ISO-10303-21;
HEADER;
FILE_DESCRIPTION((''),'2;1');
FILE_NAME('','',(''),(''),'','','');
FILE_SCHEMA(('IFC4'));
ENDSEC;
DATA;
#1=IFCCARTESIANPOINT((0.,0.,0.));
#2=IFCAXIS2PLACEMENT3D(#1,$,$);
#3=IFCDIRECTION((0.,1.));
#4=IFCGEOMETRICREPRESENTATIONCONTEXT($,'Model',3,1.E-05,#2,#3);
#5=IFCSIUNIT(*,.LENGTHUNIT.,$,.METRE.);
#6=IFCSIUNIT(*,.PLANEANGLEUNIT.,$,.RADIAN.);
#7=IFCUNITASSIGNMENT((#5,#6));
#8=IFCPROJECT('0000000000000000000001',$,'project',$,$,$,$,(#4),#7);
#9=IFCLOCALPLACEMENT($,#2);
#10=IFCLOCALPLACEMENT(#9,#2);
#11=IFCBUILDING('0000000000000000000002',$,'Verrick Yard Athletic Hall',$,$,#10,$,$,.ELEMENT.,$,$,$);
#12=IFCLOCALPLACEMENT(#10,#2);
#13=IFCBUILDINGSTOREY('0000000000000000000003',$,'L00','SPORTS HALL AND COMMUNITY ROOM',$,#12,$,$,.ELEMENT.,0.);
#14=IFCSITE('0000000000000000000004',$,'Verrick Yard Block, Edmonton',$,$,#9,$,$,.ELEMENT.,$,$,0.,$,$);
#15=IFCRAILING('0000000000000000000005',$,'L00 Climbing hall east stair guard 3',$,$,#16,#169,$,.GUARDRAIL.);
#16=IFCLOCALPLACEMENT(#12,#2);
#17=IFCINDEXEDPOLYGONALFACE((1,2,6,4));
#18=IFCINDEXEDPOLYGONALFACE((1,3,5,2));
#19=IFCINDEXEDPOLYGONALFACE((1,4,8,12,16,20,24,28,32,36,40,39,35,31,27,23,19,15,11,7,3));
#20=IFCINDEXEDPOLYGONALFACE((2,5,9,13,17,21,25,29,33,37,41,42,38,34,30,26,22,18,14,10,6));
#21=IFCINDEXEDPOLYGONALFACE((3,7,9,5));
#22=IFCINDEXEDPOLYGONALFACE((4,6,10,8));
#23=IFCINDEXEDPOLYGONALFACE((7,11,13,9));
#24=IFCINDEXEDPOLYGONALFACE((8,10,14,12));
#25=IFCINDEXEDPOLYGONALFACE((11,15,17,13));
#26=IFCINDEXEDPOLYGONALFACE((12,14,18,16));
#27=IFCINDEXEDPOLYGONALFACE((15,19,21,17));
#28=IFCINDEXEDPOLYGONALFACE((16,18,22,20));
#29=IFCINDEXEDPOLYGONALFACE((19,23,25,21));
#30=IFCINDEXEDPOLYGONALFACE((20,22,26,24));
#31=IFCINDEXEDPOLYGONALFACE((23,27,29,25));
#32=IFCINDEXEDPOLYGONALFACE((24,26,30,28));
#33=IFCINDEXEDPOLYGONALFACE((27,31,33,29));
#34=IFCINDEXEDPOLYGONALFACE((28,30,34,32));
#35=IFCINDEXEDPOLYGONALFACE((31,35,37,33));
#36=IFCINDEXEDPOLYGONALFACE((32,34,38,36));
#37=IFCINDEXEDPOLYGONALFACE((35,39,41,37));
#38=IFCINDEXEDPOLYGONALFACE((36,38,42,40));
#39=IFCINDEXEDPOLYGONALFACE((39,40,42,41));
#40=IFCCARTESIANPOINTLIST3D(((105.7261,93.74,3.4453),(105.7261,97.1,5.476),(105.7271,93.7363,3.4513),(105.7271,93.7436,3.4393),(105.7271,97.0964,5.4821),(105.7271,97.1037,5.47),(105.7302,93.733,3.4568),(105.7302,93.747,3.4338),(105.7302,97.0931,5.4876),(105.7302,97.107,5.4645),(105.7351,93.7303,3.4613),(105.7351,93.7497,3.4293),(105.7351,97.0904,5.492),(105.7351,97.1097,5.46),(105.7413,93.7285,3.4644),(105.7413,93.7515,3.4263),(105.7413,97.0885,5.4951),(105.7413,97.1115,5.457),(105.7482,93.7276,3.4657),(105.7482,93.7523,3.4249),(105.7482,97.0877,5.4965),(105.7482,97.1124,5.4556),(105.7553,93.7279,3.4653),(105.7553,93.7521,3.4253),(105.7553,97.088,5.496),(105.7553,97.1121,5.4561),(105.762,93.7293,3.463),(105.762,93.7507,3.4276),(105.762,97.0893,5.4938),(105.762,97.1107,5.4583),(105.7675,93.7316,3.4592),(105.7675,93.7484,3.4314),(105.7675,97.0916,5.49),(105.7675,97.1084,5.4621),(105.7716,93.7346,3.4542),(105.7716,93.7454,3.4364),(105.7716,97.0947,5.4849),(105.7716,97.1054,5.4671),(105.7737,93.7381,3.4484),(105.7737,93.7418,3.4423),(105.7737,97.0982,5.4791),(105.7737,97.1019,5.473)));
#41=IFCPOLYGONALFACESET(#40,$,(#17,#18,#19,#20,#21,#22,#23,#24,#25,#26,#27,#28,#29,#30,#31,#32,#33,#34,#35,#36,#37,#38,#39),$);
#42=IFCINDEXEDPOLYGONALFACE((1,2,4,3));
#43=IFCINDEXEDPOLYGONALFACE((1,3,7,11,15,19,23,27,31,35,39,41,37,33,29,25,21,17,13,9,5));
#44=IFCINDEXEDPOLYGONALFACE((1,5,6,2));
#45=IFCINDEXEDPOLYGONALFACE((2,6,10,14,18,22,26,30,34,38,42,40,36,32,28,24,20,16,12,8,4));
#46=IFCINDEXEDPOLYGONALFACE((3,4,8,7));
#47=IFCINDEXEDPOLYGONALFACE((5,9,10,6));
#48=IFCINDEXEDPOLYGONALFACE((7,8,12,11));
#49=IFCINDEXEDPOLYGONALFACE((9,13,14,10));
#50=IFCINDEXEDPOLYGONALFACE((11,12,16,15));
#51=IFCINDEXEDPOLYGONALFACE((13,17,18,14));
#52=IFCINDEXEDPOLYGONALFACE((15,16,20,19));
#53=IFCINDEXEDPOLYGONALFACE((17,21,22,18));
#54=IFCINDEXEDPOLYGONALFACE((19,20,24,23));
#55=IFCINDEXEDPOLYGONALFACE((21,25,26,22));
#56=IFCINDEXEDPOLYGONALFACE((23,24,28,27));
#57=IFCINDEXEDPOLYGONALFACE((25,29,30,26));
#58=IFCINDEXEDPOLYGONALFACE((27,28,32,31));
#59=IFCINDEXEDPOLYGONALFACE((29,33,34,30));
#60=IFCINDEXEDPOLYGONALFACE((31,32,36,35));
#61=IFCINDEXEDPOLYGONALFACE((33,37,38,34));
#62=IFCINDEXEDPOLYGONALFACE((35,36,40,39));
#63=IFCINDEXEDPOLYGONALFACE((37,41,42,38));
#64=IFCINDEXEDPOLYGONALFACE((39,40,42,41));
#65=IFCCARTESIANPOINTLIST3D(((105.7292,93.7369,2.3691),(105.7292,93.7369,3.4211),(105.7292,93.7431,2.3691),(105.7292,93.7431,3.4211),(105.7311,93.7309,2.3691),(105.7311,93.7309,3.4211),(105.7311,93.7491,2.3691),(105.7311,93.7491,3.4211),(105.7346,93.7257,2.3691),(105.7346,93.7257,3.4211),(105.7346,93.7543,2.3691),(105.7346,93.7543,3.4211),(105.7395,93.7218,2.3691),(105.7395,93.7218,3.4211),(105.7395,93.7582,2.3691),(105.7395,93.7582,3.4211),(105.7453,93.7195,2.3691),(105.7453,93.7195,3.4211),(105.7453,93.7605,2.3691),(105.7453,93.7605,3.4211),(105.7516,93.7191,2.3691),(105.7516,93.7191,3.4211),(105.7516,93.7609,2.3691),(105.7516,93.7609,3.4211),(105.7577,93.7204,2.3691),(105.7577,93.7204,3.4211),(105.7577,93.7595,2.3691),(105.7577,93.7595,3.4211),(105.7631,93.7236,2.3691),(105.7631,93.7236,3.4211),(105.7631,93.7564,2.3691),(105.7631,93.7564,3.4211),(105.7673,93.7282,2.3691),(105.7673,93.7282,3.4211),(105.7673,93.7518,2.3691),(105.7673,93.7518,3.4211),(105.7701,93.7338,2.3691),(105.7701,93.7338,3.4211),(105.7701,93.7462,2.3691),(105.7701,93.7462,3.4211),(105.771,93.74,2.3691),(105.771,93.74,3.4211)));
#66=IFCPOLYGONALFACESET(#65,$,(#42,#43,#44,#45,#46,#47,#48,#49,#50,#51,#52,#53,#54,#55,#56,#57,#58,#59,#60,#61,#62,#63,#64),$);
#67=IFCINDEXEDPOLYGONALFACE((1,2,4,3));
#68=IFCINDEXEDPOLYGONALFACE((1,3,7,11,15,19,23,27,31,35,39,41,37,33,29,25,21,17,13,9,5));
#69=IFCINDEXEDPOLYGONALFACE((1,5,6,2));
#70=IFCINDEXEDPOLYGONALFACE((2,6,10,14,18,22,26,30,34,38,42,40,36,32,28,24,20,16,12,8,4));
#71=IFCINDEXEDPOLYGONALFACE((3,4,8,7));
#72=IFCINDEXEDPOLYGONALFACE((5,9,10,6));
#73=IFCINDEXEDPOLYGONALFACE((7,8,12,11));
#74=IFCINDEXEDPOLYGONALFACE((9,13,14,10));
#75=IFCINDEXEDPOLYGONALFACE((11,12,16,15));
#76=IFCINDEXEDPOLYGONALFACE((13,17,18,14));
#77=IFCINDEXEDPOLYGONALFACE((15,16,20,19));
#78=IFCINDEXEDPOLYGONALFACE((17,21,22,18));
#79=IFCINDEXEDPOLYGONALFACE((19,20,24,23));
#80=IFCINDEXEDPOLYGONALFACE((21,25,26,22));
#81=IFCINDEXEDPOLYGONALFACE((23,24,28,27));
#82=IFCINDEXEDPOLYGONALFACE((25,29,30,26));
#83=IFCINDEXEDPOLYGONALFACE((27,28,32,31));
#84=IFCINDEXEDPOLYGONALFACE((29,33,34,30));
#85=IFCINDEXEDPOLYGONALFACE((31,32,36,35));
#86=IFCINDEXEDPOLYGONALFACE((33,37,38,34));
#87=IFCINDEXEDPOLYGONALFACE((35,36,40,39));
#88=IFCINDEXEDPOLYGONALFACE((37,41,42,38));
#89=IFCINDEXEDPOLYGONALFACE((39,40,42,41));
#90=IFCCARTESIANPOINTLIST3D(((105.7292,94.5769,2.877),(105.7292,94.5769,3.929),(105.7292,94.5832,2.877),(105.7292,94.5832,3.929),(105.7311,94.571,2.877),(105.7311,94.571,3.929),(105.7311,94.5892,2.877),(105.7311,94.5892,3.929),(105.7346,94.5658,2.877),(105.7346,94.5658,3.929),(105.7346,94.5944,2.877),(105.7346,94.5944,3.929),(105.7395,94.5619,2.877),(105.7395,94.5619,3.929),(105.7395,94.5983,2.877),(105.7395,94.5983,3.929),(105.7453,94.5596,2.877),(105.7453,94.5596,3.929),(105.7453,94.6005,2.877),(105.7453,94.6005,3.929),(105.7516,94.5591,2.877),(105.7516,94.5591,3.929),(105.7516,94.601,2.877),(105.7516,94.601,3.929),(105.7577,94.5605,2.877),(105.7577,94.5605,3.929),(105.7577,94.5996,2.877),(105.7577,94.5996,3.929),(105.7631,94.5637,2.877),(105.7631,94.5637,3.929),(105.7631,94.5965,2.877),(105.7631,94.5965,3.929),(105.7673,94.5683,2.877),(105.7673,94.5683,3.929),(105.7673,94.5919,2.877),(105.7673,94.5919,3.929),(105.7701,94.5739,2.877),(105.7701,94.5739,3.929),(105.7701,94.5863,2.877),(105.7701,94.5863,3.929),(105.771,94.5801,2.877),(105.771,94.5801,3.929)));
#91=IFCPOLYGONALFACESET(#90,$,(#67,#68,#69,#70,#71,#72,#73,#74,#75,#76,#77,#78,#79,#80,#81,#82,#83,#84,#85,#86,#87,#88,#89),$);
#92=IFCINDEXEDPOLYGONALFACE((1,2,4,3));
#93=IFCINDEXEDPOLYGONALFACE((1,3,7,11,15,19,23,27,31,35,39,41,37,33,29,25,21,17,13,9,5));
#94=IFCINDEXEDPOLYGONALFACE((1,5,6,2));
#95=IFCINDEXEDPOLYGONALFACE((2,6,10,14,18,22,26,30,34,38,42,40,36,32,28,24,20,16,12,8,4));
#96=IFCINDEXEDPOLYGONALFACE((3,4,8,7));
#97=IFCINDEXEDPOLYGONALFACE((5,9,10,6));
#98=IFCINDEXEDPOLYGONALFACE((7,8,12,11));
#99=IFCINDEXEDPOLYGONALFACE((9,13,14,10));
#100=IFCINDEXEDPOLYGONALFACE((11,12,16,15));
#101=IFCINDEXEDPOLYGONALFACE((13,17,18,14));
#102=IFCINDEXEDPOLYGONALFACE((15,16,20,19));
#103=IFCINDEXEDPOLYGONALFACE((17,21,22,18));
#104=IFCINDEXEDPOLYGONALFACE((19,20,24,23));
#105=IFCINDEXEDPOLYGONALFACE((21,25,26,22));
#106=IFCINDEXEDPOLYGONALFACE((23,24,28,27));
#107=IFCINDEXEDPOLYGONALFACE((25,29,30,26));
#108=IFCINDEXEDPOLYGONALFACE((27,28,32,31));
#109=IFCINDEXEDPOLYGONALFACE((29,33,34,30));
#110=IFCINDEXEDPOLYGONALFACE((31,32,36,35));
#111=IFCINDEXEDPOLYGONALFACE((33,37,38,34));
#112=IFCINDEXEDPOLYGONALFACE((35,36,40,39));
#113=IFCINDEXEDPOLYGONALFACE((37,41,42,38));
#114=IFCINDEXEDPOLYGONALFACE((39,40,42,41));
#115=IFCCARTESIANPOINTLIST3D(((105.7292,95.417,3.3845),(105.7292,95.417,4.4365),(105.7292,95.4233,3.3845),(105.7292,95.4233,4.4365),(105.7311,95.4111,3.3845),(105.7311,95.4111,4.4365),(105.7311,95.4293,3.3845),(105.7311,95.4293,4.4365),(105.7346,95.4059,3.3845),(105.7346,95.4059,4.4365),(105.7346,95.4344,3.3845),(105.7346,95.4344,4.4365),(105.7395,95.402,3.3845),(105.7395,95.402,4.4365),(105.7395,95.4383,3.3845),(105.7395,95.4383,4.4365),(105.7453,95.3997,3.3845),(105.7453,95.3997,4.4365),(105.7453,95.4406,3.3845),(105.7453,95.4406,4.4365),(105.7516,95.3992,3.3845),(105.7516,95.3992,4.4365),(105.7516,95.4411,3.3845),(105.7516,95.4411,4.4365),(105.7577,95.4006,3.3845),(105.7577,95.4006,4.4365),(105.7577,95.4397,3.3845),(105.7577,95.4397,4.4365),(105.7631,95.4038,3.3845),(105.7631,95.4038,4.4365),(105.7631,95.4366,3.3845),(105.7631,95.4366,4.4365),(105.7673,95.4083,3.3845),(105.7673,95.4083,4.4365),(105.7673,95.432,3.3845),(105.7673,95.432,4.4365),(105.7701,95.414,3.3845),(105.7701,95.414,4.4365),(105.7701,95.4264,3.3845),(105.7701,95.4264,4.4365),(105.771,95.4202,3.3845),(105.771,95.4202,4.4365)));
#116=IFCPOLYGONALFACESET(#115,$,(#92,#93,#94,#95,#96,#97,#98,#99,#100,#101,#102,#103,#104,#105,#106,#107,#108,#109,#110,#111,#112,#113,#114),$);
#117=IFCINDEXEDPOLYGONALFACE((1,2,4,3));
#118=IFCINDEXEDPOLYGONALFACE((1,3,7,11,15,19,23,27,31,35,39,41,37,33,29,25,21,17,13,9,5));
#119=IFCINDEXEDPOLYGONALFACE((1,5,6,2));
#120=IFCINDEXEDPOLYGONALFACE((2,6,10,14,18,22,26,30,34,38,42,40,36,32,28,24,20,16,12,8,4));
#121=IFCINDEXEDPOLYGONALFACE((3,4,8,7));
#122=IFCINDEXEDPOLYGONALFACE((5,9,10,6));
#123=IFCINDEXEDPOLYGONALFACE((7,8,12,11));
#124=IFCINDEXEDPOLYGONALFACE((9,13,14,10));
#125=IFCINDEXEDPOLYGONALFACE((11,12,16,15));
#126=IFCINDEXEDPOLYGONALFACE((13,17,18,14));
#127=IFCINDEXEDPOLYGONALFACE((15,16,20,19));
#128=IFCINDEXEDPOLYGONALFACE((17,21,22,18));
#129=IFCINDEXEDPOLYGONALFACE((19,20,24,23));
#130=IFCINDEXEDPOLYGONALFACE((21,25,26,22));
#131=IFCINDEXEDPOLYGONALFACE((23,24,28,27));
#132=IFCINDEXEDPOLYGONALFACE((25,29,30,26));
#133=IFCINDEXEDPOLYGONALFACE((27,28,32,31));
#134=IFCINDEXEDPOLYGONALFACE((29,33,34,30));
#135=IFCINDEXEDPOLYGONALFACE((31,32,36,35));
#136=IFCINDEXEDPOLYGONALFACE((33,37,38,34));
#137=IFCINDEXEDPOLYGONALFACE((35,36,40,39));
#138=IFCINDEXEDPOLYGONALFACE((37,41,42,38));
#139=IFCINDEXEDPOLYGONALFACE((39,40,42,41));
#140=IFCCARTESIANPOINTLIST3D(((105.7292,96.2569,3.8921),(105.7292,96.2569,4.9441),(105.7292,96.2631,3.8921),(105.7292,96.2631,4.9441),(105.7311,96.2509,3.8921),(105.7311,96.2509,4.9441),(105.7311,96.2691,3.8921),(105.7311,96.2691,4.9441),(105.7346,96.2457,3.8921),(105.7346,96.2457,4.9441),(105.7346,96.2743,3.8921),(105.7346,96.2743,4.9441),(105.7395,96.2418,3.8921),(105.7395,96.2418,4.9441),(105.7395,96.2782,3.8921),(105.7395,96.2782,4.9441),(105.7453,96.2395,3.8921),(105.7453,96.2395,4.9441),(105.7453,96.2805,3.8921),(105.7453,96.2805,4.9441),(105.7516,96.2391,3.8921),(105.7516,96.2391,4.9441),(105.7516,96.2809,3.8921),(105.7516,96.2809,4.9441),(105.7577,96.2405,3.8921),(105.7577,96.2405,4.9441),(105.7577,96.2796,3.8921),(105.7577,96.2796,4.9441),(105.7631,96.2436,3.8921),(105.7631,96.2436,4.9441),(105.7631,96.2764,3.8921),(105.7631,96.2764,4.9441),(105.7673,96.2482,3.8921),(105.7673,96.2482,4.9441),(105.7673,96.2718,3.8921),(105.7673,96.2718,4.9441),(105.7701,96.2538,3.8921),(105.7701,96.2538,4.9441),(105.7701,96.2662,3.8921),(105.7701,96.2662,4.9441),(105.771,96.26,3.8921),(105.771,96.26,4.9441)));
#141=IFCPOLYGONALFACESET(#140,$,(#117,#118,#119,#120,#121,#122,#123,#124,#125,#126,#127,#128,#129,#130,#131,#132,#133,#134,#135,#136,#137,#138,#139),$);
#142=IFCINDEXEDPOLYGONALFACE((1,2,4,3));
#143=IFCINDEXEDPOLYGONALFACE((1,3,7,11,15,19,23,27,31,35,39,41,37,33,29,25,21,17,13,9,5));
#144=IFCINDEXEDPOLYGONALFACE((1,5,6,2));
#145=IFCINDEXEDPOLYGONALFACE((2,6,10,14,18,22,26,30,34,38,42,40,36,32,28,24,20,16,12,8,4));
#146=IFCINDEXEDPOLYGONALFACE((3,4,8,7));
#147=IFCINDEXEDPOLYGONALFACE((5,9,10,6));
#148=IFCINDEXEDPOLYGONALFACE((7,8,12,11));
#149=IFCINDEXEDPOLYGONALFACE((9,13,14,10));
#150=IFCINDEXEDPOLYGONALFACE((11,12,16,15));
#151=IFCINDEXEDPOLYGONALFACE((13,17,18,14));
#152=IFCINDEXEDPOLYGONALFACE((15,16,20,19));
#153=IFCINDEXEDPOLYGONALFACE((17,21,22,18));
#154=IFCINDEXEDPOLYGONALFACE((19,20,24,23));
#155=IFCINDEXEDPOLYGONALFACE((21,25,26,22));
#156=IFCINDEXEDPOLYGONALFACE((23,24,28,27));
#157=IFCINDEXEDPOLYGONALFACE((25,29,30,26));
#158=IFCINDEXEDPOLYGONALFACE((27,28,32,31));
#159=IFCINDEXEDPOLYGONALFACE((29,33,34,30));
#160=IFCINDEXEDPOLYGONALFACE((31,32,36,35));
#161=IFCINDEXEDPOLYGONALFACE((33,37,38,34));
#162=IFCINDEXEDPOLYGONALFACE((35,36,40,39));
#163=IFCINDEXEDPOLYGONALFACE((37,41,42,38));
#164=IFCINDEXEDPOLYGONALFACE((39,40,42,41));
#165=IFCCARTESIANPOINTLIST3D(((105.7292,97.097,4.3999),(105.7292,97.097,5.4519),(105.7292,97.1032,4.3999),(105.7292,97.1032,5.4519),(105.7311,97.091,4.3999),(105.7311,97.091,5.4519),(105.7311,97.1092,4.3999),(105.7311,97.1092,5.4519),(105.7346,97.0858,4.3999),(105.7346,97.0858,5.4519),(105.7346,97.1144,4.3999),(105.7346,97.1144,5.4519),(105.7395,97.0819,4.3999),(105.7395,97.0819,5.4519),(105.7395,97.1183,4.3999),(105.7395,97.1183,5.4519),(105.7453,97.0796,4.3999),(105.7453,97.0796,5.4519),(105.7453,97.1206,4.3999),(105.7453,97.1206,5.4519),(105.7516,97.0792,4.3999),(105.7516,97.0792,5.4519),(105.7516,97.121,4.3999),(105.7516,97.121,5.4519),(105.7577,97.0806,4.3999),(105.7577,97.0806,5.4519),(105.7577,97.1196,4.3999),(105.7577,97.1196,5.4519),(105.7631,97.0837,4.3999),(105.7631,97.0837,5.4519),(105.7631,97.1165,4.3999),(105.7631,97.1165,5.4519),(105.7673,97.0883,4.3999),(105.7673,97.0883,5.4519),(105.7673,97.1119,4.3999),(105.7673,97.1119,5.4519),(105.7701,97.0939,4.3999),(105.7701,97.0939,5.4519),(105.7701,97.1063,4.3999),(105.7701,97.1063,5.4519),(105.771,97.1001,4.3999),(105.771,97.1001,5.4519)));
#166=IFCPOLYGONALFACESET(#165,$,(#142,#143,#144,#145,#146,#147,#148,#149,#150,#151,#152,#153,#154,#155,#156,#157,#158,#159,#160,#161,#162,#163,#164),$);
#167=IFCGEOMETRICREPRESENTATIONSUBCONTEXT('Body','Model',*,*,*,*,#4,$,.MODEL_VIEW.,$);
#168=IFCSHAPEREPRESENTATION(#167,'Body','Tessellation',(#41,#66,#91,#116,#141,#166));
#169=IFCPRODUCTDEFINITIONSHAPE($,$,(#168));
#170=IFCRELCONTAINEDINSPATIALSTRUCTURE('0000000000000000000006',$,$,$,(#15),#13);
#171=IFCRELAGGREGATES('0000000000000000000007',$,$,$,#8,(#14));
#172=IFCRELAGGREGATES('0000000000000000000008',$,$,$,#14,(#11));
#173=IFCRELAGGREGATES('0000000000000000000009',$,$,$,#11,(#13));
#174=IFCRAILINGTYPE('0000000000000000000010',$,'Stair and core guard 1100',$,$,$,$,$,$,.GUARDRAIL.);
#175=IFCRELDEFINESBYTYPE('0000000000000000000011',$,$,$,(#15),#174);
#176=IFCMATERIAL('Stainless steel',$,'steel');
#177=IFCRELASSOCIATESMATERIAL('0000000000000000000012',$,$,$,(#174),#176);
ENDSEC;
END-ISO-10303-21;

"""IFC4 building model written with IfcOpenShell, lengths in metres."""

from ifc_helpers import new_model, si_unit, direction, frame, origin, origin_2d, place, context, subcontext, project, spatial, circle, extrude, material, type_object, element, save


model = new_model("IFC4")

# Units and contexts
model_context = context("Model", 3, precision=1e-05, world=origin(), true_north=direction((0.0, 1.0)))
body_context = subcontext(model_context, "Body", "Model", "MODEL_VIEW")
ifc_project = project(units=[si_unit("LENGTHUNIT", "METRE"), si_unit("PLANEANGLEUNIT", "RADIAN")], contexts=[model_context])

# Site, building, storey
site_placement = place(None, origin())
site = spatial("IfcSite", under=ifc_project, at=site_placement, Name="Verrick Yard Block, Edmonton", CompositionType="ELEMENT", RefElevation=0.0)
building_placement = place(site_placement, origin())
building = spatial("IfcBuilding", under=site, at=building_placement, Name="Verrick Yard Athletic Hall", CompositionType="ELEMENT")
storey_placement = place(building_placement, origin())
storey = spatial("IfcBuildingStorey", under=building, at=storey_placement, Name="L00", Description="SPORTS HALL AND COMMUNITY ROOM", CompositionType="ELEMENT", Elevation=0.0)

# Railing
ifc_material_1 = material(Name="Stainless steel", Category="steel")
railing_type_1 = type_object("IfcRailingType", Name="Stair and core guard 1100", PredefinedType="GUARDRAIL", material=ifc_material_1)
railing_1_placement = place(storey_placement, frame((105.75, 93.74, 2.3691)))
element("IfcRailing", 1, at=railing_1_placement, inside=storey, type_object=railing_type_1, Name="L00 Climbing hall east stair guard 3", PredefinedType="GUARDRAIL", context=body_context, shape_type="SweptSolid", body=[
    extrude(circle(Radius=0.0239, at=origin_2d()), frame((0.0, 0.0, 1.0762), z_axis=(0.0, 0.855837, 0.517246), x_axis=(-1.0, 0.0, 0.0)), (0.0, 0.0, 1.0), 3.926),
    extrude(circle(Radius=0.021, at=origin_2d()), origin(), (0.0, 0.0, 1.0), 1.052),
    extrude(circle(Radius=0.021, at=origin_2d()), frame((0.0, 0.8401, 0.5078)), (0.0, 0.0, 1.0), 1.052),
    extrude(circle(Radius=0.021, at=origin_2d()), frame((0.0, 1.6802, 1.0154)), (0.0, 0.0, 1.0), 1.052),
    extrude(circle(Radius=0.021, at=origin_2d()), frame((0.0, 2.52, 1.5229)), (0.0, 0.0, 1.0), 1.052),
    extrude(circle(Radius=0.021, at=origin_2d()), frame((0.0, 3.3601, 2.0308)), (0.0, 0.0, 1.0), 1.052),
])

save(model, "model.ifc")
